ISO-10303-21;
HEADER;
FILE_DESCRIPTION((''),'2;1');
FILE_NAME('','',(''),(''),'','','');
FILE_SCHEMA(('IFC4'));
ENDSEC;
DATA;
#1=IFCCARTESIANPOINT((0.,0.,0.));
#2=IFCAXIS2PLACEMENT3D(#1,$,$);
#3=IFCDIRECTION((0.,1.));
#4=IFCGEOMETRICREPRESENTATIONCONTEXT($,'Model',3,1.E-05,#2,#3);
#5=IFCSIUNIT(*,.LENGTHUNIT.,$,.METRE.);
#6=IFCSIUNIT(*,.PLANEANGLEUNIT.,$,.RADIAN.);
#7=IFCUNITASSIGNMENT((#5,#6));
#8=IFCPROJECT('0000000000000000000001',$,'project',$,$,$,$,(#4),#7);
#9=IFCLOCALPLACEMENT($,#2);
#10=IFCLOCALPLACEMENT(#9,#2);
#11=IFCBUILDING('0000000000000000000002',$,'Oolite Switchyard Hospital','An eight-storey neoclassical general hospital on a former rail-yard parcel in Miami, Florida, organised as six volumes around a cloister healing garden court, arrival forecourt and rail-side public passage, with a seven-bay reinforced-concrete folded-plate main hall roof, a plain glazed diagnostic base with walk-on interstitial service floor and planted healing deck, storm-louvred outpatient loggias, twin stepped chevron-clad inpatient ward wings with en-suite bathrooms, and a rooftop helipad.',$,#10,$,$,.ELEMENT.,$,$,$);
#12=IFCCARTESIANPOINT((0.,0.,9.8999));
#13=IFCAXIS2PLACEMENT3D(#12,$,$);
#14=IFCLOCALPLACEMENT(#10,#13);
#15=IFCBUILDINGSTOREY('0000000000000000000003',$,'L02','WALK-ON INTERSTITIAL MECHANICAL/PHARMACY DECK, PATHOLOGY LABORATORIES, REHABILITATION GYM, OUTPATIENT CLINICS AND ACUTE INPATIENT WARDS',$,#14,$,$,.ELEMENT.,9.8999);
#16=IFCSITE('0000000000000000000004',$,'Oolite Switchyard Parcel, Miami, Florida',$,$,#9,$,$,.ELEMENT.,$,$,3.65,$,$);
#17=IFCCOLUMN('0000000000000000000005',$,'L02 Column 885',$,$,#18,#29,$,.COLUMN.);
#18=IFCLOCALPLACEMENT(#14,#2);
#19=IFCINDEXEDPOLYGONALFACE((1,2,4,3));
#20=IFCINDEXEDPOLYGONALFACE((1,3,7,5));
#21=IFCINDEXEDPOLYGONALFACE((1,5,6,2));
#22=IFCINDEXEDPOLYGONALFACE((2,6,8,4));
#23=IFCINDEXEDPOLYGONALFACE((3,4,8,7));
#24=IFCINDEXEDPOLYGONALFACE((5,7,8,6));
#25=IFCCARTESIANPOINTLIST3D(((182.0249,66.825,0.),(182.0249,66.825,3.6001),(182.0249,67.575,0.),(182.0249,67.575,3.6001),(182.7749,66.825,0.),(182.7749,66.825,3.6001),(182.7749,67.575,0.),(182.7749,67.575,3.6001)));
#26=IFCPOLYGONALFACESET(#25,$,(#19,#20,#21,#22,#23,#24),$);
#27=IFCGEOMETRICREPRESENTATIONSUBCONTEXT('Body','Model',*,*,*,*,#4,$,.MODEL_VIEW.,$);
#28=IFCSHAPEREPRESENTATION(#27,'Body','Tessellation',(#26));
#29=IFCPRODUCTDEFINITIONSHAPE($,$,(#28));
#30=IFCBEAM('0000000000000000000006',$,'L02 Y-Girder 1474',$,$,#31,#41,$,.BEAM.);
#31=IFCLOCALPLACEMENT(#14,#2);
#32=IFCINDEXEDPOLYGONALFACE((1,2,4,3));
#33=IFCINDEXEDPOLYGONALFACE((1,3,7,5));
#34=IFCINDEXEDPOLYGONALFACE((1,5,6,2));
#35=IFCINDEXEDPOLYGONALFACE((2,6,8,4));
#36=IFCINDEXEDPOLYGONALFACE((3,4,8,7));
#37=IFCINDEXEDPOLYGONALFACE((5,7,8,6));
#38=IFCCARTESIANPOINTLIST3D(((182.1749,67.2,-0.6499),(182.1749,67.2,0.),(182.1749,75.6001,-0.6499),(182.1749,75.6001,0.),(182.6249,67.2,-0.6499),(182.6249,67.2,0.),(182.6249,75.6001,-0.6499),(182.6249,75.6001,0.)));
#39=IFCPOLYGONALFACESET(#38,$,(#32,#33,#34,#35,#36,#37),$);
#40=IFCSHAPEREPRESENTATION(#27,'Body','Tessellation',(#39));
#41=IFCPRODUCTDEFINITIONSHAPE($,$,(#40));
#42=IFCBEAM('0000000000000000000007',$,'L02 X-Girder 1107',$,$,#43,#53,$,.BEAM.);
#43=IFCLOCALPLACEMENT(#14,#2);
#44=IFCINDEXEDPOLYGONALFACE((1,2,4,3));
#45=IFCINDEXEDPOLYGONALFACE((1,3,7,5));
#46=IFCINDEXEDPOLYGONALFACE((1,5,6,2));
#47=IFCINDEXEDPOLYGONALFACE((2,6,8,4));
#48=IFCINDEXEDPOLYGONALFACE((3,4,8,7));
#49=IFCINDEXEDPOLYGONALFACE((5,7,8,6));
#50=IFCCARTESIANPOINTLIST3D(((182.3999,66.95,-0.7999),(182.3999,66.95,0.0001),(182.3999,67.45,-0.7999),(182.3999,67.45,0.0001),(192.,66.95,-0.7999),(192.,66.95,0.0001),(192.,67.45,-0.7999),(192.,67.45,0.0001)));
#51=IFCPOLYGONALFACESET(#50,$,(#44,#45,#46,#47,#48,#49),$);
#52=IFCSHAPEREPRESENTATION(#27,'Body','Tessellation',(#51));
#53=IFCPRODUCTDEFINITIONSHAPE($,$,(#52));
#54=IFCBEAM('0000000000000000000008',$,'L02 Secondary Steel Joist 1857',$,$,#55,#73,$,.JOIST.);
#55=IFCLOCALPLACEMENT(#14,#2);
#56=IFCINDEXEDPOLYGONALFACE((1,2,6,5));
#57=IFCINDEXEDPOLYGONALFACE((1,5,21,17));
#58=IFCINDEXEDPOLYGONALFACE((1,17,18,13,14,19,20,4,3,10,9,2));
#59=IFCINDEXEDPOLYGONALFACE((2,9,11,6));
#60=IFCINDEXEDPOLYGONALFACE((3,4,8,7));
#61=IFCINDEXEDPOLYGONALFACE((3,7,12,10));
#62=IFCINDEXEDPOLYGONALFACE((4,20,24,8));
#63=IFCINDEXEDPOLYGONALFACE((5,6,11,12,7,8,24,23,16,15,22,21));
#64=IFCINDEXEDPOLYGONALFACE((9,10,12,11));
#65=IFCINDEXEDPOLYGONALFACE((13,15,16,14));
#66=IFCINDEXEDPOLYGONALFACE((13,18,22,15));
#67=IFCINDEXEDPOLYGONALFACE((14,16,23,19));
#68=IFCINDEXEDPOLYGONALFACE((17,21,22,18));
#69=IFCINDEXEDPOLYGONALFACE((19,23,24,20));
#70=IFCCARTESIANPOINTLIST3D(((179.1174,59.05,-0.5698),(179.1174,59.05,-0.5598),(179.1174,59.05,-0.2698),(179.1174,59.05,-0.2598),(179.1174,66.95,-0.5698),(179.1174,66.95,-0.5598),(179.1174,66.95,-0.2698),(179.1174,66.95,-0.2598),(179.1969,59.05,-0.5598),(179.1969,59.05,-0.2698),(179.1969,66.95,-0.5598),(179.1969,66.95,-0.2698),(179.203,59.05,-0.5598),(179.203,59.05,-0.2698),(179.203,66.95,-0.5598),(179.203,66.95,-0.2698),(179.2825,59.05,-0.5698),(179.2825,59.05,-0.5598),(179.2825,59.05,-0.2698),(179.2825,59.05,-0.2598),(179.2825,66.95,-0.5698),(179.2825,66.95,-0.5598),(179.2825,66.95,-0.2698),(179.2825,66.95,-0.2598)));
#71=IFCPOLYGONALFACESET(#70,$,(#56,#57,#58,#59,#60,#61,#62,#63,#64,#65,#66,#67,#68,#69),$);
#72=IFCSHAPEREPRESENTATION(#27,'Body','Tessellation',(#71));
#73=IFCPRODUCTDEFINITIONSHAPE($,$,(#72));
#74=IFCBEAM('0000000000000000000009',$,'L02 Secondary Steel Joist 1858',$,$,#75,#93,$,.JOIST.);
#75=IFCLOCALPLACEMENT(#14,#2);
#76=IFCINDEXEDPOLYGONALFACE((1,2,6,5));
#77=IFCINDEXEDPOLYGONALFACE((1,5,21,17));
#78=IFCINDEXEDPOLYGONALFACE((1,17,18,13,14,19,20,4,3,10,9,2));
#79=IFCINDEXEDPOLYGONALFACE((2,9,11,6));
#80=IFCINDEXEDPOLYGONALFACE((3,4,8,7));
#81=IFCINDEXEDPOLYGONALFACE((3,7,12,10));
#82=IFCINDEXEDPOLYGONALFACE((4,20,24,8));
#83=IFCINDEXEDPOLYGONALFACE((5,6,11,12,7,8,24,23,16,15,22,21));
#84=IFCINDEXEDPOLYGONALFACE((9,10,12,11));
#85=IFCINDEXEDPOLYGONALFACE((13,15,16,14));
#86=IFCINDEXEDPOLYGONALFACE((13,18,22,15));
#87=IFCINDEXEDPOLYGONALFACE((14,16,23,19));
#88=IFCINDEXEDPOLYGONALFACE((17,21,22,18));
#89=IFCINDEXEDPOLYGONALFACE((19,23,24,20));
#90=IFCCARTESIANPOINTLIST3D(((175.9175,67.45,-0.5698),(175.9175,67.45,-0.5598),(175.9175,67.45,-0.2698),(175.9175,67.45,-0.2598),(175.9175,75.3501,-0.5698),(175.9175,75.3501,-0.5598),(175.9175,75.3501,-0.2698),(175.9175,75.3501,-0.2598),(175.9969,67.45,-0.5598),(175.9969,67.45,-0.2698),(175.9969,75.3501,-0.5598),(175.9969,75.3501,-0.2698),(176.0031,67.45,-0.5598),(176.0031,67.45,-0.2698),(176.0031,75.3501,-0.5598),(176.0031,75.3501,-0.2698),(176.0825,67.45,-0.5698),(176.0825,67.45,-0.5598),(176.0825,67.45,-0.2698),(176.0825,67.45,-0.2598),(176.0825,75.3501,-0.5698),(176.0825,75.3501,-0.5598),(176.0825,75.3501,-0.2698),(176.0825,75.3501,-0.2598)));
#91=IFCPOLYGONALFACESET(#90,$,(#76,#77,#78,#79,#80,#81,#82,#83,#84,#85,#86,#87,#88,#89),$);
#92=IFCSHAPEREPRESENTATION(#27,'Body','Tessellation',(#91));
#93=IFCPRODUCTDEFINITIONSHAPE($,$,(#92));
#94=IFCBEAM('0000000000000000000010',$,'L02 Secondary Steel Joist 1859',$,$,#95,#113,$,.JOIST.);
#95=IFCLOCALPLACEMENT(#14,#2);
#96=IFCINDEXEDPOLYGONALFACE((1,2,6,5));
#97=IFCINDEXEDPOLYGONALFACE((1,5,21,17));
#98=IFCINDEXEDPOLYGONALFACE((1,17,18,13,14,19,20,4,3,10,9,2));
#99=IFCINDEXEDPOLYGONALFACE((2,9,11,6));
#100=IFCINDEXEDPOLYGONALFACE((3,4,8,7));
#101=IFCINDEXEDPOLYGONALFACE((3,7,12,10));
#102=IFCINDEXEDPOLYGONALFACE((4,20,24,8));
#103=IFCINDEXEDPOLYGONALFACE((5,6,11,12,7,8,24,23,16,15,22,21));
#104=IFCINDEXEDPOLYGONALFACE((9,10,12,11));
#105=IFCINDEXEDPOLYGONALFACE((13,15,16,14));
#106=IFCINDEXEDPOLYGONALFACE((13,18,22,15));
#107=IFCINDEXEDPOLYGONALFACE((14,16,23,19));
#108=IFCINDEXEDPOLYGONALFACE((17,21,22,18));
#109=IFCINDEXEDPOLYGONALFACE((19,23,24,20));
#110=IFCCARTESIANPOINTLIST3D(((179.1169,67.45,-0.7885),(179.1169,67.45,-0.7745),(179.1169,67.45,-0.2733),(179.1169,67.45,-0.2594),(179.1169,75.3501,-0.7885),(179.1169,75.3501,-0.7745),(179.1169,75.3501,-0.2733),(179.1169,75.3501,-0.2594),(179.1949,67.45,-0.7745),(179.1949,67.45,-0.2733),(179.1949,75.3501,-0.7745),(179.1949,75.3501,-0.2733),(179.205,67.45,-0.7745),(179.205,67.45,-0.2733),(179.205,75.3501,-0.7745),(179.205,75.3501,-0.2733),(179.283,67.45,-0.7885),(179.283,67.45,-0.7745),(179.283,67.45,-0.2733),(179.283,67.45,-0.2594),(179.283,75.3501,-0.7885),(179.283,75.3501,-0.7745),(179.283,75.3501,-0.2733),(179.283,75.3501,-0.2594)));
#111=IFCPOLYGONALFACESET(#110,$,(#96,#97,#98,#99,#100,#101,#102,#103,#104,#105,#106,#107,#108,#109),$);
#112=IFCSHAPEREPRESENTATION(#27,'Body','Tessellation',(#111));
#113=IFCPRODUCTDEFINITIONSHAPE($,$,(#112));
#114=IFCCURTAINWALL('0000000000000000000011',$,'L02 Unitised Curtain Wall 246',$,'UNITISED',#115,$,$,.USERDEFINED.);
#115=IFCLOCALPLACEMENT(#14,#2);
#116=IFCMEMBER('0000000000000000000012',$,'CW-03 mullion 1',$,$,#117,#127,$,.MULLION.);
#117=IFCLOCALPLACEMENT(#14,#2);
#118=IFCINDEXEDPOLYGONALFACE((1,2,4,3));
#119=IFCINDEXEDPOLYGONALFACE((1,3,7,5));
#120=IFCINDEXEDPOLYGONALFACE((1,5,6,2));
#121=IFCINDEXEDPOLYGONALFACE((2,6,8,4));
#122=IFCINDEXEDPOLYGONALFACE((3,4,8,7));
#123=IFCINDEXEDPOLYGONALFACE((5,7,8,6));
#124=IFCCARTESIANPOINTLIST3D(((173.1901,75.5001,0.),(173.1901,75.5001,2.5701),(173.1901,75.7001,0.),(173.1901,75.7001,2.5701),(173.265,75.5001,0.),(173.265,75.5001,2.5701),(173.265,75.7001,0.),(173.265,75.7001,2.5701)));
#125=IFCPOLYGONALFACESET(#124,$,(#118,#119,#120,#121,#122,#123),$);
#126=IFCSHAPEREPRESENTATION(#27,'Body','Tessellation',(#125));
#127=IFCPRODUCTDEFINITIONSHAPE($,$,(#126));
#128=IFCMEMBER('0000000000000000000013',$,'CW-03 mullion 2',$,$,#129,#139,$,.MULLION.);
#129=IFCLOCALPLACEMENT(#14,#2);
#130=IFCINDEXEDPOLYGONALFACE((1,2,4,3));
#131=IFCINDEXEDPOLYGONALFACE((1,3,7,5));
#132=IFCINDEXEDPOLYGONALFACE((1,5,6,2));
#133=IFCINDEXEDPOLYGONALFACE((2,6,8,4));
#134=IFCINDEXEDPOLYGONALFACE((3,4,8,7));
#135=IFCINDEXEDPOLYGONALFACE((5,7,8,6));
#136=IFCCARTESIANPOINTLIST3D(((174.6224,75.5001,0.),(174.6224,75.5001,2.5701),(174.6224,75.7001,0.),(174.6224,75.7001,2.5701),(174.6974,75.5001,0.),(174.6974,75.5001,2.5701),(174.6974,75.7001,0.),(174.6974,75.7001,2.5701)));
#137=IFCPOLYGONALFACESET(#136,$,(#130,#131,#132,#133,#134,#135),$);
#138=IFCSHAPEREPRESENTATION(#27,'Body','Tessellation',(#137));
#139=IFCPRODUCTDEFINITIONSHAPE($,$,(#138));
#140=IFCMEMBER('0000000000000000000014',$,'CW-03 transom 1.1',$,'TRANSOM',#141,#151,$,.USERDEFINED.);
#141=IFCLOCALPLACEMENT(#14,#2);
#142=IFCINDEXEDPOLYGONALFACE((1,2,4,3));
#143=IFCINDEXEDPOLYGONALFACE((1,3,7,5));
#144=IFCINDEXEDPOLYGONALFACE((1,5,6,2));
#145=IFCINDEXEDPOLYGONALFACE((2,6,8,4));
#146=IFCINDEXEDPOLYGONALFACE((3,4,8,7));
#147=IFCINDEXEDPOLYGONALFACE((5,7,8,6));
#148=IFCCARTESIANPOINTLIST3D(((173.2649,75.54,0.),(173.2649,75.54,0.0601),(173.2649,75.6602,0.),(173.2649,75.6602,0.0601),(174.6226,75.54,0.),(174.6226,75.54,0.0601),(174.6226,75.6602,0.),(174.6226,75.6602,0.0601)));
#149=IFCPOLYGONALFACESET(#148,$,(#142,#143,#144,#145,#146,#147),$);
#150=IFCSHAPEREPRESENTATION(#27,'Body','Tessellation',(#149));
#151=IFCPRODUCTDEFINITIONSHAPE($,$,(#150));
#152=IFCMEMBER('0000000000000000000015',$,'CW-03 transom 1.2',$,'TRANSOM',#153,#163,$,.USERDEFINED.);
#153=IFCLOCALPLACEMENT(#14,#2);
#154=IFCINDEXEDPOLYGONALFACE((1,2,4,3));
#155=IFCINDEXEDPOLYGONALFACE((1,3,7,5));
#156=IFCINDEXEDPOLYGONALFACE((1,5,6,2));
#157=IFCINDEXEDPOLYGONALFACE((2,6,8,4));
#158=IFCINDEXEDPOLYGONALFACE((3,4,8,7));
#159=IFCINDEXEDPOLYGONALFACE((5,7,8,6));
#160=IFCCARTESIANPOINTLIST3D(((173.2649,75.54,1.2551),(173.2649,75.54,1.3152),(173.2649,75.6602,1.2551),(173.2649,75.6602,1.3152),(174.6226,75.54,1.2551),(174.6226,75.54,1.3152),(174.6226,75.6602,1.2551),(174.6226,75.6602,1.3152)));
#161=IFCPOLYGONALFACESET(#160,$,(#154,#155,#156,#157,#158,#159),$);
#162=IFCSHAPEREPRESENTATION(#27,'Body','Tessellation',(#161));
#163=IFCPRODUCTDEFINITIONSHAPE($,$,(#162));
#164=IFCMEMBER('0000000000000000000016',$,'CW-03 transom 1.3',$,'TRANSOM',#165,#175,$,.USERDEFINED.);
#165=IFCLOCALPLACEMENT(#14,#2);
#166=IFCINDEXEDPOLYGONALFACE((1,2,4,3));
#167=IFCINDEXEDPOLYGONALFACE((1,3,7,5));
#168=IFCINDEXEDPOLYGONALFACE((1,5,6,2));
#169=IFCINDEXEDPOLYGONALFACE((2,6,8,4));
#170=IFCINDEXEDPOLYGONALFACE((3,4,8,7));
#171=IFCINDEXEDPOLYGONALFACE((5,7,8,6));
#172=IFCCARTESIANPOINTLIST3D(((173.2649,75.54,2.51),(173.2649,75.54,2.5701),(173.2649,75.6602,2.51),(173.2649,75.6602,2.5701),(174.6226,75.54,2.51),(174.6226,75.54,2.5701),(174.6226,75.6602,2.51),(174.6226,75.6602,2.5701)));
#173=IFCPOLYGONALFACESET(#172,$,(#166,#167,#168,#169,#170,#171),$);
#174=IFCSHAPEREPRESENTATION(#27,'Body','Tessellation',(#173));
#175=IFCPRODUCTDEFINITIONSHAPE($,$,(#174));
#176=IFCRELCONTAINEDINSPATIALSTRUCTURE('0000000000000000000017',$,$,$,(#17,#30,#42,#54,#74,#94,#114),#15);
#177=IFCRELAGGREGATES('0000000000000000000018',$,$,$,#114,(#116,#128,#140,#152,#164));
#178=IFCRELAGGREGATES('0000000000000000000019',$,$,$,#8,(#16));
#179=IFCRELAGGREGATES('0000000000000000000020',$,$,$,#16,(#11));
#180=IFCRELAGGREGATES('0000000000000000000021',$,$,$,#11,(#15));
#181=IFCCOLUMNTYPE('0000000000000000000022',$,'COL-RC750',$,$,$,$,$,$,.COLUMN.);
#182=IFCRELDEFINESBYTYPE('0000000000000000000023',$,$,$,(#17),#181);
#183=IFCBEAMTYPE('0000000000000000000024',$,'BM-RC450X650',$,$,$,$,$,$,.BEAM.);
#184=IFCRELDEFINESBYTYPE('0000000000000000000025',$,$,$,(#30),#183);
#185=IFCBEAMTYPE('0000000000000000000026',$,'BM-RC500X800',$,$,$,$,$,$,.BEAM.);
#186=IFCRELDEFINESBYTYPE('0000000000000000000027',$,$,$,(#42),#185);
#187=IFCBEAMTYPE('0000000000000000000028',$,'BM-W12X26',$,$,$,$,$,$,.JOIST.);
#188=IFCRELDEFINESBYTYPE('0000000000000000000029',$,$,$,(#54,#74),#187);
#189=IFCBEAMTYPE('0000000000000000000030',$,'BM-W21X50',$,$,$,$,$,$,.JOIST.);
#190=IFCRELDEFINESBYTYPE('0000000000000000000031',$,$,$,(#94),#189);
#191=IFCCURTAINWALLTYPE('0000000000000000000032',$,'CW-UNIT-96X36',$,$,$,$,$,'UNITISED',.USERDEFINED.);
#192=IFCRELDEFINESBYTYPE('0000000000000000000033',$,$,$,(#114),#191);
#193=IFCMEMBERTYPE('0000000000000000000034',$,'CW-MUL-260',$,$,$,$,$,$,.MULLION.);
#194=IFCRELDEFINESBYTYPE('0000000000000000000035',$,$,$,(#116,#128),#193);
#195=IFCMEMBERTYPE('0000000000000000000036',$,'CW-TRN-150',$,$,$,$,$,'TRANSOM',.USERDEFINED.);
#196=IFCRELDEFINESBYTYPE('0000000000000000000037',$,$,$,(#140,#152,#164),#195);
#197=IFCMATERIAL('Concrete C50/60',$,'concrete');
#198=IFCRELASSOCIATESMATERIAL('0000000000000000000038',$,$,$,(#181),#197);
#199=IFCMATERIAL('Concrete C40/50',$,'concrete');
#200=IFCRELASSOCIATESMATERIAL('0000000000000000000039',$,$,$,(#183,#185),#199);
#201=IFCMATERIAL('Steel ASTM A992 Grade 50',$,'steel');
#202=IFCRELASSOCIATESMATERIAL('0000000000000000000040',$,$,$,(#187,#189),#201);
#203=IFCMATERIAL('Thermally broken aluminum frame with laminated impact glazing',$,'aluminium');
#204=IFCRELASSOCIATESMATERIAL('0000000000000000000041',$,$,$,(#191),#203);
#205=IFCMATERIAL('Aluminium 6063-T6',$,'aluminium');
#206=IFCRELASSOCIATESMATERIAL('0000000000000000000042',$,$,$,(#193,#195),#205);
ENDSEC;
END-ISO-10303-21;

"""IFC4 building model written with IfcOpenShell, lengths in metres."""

from ifc_helpers import new_model, si_unit, direction, frame, origin, origin_2d, place, context, subcontext, project, spatial, rectangle, i_section, extrude, material, material_profile, profile_set, type_object, element, aggregate, save


model = new_model("IFC4")

# Units and contexts
model_context = context("Model", 3, precision=1e-05, world=origin(), true_north=direction((0.0, 1.0)))
body_context = subcontext(model_context, "Body", "Model", "MODEL_VIEW")
ifc_project = project(units=[si_unit("LENGTHUNIT", "METRE"), si_unit("PLANEANGLEUNIT", "RADIAN")], contexts=[model_context])

# Site, building, storey
site_placement = place(None, origin())
site = spatial("IfcSite", under=ifc_project, at=site_placement, Name="Oolite Switchyard Parcel, Miami, Florida", CompositionType="ELEMENT", RefElevation=3.65)
building_placement = place(site_placement, origin())
building = spatial("IfcBuilding", under=site, at=building_placement, Name="Oolite Switchyard Hospital", Description="An eight-storey neoclassical general hospital on a former rail-yard parcel in Miami, Florida, organised as six volumes around a cloister healing garden court, arrival forecourt and rail-side public passage, with a seven-bay reinforced-concrete folded-plate main hall roof, a plain glazed diagnostic base with walk-on interstitial service floor and planted healing deck, storm-louvred outpatient loggias, twin stepped chevron-clad inpatient ward wings with en-suite bathrooms, and a rooftop helipad.", CompositionType="ELEMENT")
storey_placement = place(building_placement, frame((0.0, 0.0, 9.8999)))
storey = spatial("IfcBuildingStorey", under=building, at=storey_placement, Name="L02", Description="WALK-ON INTERSTITIAL MECHANICAL/PHARMACY DECK, PATHOLOGY LABORATORIES, REHABILITATION GYM, OUTPATIENT CLINICS AND ACUTE INPATIENT WARDS", CompositionType="ELEMENT", Elevation=9.8999)

# Column
ifc_material_1 = material(Name="Concrete C50/60", Category="concrete")
ifc_material_profile_1 = material_profile(ifc_material_1, rectangle(XDim=0.75, YDim=0.75, at=origin_2d()), Name="RC750X750")
ifc_profile_set_1 = profile_set([ifc_material_profile_1], Name="Concrete C50/60")
column_type = type_object("IfcColumnType", Name="COL-RC750", PredefinedType="COLUMN", material=ifc_profile_set_1)
column_placement = place(storey_placement, frame((182.3999, 67.2, 0.0), z_axis=(0.0, 0.0, 1.0), x_axis=(1.0, 0.0, 0.0)))
element("IfcColumn", 1, at=column_placement, inside=storey, type_object=column_type, Name="L02 Column 885", PredefinedType="COLUMN", context=body_context, shape_type="SweptSolid", body=[
    extrude(rectangle(XDim=0.75, YDim=0.75, at=origin_2d()), origin(), (0.0, 0.0, 1.0), 3.6001),
])

# Beams
ifc_material_2 = material(Name="Concrete C40/50", Category="concrete")
ifc_material_profile_2 = material_profile(ifc_material_2, rectangle(XDim=0.45, YDim=0.6499, at=origin_2d()), Name="RCB450X650")
ifc_profile_set_2 = profile_set([ifc_material_profile_2], Name="Concrete C40/50")
beam_type_1 = type_object("IfcBeamType", Name="BM-RC450X650", PredefinedType="BEAM", material=ifc_profile_set_2)
beam_1_placement = place(storey_placement, frame((182.3999, 67.2, -0.325), z_axis=(0.0, 1.0, 0.0), x_axis=(-1.0, 0.0, 0.0)))
element("IfcBeam", 2, at=beam_1_placement, inside=storey, type_object=beam_type_1, Name="L02 Y-Girder 1474", PredefinedType="BEAM", context=body_context, shape_type="SweptSolid", body=[
    extrude(rectangle(XDim=0.45, YDim=0.6499, at=origin_2d()), origin(), (0.0, 0.0, 1.0), 8.4001),
])
ifc_material_profile_3 = material_profile(ifc_material_2, rectangle(XDim=0.5, YDim=0.8, at=origin_2d()), Name="RCB500X800")
ifc_profile_set_3 = profile_set([ifc_material_profile_3], Name="Concrete C40/50")
beam_type_2 = type_object("IfcBeamType", Name="BM-RC500X800", PredefinedType="BEAM", material=ifc_profile_set_3)
beam_2_placement = place(storey_placement, frame((182.3999, 67.2, -0.3999), z_axis=(1.0, 0.0, 0.0), x_axis=(0.0, 1.0, 0.0)))
element("IfcBeam", 3, at=beam_2_placement, inside=storey, type_object=beam_type_2, Name="L02 X-Girder 1107", PredefinedType="BEAM", context=body_context, shape_type="SweptSolid", body=[
    extrude(rectangle(XDim=0.5, YDim=0.8, at=origin_2d()), origin(), (0.0, 0.0, 1.0), 9.6001),
])
ifc_material_3 = material(Name="Steel ASTM A992 Grade 50", Category="steel")
ifc_material_profile_4 = material_profile(ifc_material_3, i_section(OverallWidth=0.165, OverallDepth=0.3101, WebThickness=0.0061, FlangeThickness=0.01, at=origin_2d()), Name="W12X26")
ifc_profile_set_4 = profile_set([ifc_material_profile_4], Name="Steel ASTM A992 Grade 50")
beam_type_3 = type_object("IfcBeamType", Name="BM-W12X26", PredefinedType="JOIST", material=ifc_profile_set_4)
beam_3_placement = place(storey_placement, frame((179.2, 59.05, -0.4148), z_axis=(0.0, 1.0, 0.0), x_axis=(-1.0, 0.0, 0.0)))
element("IfcBeam", 4, at=beam_3_placement, inside=storey, type_object=beam_type_3, Name="L02 Secondary Steel Joist 1857", PredefinedType="JOIST", context=body_context, shape_type="SweptSolid", body=[
    extrude(i_section(OverallWidth=0.165, OverallDepth=0.3101, WebThickness=0.0061, FlangeThickness=0.01, at=origin_2d()), origin(), (0.0, 0.0, 1.0), 7.8999),
])
beam_4_placement = place(storey_placement, frame((176.0, 67.45, -0.4148), z_axis=(0.0, 1.0, 0.0), x_axis=(-1.0, 0.0, 0.0)))
element("IfcBeam", 5, at=beam_4_placement, inside=storey, type_object=beam_type_3, Name="L02 Secondary Steel Joist 1858", PredefinedType="JOIST", context=body_context, shape_type="SweptSolid", body=[
    extrude(i_section(OverallWidth=0.165, OverallDepth=0.3101, WebThickness=0.0061, FlangeThickness=0.01, at=origin_2d()), origin(), (0.0, 0.0, 1.0), 7.9001),
])
ifc_material_profile_5 = material_profile(ifc_material_3, i_section(OverallWidth=0.166, OverallDepth=0.5291, WebThickness=0.01, FlangeThickness=0.0139, at=origin_2d()), Name="W21X50")
ifc_profile_set_5 = profile_set([ifc_material_profile_5], Name="Steel ASTM A992 Grade 50")
beam_type_4 = type_object("IfcBeamType", Name="BM-W21X50", PredefinedType="JOIST", material=ifc_profile_set_5)
beam_5_placement = place(storey_placement, frame((179.2, 67.45, -0.5239), z_axis=(0.0, 1.0, 0.0), x_axis=(-1.0, 0.0, 0.0)))
element("IfcBeam", 6, at=beam_5_placement, inside=storey, type_object=beam_type_4, Name="L02 Secondary Steel Joist 1859", PredefinedType="JOIST", context=body_context, shape_type="SweptSolid", body=[
    extrude(i_section(OverallWidth=0.166, OverallDepth=0.5291, WebThickness=0.01, FlangeThickness=0.0139, at=origin_2d()), origin(), (0.0, 0.0, 1.0), 7.9001),
])

# Curtain wall, members
ifc_material_4 = material(Name="Thermally broken aluminum frame with laminated impact glazing", Category="aluminium")
curtain_wall_type = type_object("IfcCurtainWallType", Name="CW-UNIT-96X36", ElementType="UNITISED", PredefinedType="USERDEFINED", material=ifc_material_4)
curtain_wall_placement = place(storey_placement, origin())
curtain_wall = element("IfcCurtainWall", 7, at=curtain_wall_placement, inside=storey, type_object=curtain_wall_type, Name="L02 Unitised Curtain Wall 246", ObjectType="UNITISED", PredefinedType="USERDEFINED")
ifc_material_5 = material(Name="Aluminium 6063-T6", Category="aluminium")
ifc_material_profile_6 = material_profile(ifc_material_5, rectangle(XDim=0.2, YDim=0.075, at=origin_2d()), Name="CWM75X200")
ifc_profile_set_6 = profile_set([ifc_material_profile_6], Name="Aluminium 6063-T6")
member_type_1 = type_object("IfcMemberType", Name="CW-MUL-260", PredefinedType="MULLION", material=ifc_profile_set_6)
member_1_placement = place(storey_placement, frame((173.2275, 75.6001, 0.0), z_axis=(0.0, 0.0, 1.0), x_axis=(0.0, 1.0, 0.0)))
member_1 = element("IfcMember", 8, at=member_1_placement, type_object=member_type_1, Name="CW-03 mullion 1", PredefinedType="MULLION", context=body_context, shape_type="SweptSolid", body=[
    extrude(rectangle(XDim=0.2, YDim=0.075, at=origin_2d()), origin(), (0.0, 0.0, 1.0), 2.5701),
])
member_2_placement = place(storey_placement, frame((174.6599, 75.6001, 0.0), z_axis=(0.0, 0.0, 1.0), x_axis=(0.0, 1.0, 0.0)))
member_2 = element("IfcMember", 9, at=member_2_placement, type_object=member_type_1, Name="CW-03 mullion 2", PredefinedType="MULLION", context=body_context, shape_type="SweptSolid", body=[
    extrude(rectangle(XDim=0.2, YDim=0.075, at=origin_2d()), origin(), (0.0, 0.0, 1.0), 2.5701),
])
ifc_material_profile_7 = material_profile(ifc_material_5, rectangle(XDim=0.1201, YDim=0.0601, at=origin_2d()), Name="CWT60X120")
ifc_profile_set_7 = profile_set([ifc_material_profile_7], Name="Aluminium 6063-T6")
member_type_2 = type_object("IfcMemberType", Name="CW-TRN-150", ElementType="TRANSOM", PredefinedType="USERDEFINED", material=ifc_profile_set_7)
member_3_placement = place(storey_placement, frame((173.2649, 75.6001, 0.03), z_axis=(1.0, 0.0, 0.0), x_axis=(0.0, 1.0, 0.0)))
member_3 = element("IfcMember", 10, at=member_3_placement, type_object=member_type_2, Name="CW-03 transom 1.1", ObjectType="TRANSOM", PredefinedType="USERDEFINED", context=body_context, shape_type="SweptSolid", body=[
    extrude(rectangle(XDim=0.1201, YDim=0.0601, at=origin_2d()), origin(), (0.0, 0.0, 1.0), 1.3577),
])
member_4_placement = place(storey_placement, frame((173.2649, 75.6001, 1.2852), z_axis=(1.0, 0.0, 0.0), x_axis=(0.0, 1.0, 0.0)))
member_4 = element("IfcMember", 11, at=member_4_placement, type_object=member_type_2, Name="CW-03 transom 1.2", ObjectType="TRANSOM", PredefinedType="USERDEFINED", context=body_context, shape_type="SweptSolid", body=[
    extrude(rectangle(XDim=0.1201, YDim=0.0601, at=origin_2d()), origin(), (0.0, 0.0, 1.0), 1.3577),
])
member_5_placement = place(storey_placement, frame((173.2649, 75.6001, 2.54), z_axis=(1.0, 0.0, 0.0), x_axis=(0.0, 1.0, 0.0)))
member_5 = element("IfcMember", 12, at=member_5_placement, type_object=member_type_2, Name="CW-03 transom 1.3", ObjectType="TRANSOM", PredefinedType="USERDEFINED", context=body_context, shape_type="SweptSolid", body=[
    extrude(rectangle(XDim=0.1201, YDim=0.0601, at=origin_2d()), origin(), (0.0, 0.0, 1.0), 1.3577),
])
aggregate(curtain_wall, [member_1, member_2, member_3, member_4, member_5])

save(model, "model.ifc")
